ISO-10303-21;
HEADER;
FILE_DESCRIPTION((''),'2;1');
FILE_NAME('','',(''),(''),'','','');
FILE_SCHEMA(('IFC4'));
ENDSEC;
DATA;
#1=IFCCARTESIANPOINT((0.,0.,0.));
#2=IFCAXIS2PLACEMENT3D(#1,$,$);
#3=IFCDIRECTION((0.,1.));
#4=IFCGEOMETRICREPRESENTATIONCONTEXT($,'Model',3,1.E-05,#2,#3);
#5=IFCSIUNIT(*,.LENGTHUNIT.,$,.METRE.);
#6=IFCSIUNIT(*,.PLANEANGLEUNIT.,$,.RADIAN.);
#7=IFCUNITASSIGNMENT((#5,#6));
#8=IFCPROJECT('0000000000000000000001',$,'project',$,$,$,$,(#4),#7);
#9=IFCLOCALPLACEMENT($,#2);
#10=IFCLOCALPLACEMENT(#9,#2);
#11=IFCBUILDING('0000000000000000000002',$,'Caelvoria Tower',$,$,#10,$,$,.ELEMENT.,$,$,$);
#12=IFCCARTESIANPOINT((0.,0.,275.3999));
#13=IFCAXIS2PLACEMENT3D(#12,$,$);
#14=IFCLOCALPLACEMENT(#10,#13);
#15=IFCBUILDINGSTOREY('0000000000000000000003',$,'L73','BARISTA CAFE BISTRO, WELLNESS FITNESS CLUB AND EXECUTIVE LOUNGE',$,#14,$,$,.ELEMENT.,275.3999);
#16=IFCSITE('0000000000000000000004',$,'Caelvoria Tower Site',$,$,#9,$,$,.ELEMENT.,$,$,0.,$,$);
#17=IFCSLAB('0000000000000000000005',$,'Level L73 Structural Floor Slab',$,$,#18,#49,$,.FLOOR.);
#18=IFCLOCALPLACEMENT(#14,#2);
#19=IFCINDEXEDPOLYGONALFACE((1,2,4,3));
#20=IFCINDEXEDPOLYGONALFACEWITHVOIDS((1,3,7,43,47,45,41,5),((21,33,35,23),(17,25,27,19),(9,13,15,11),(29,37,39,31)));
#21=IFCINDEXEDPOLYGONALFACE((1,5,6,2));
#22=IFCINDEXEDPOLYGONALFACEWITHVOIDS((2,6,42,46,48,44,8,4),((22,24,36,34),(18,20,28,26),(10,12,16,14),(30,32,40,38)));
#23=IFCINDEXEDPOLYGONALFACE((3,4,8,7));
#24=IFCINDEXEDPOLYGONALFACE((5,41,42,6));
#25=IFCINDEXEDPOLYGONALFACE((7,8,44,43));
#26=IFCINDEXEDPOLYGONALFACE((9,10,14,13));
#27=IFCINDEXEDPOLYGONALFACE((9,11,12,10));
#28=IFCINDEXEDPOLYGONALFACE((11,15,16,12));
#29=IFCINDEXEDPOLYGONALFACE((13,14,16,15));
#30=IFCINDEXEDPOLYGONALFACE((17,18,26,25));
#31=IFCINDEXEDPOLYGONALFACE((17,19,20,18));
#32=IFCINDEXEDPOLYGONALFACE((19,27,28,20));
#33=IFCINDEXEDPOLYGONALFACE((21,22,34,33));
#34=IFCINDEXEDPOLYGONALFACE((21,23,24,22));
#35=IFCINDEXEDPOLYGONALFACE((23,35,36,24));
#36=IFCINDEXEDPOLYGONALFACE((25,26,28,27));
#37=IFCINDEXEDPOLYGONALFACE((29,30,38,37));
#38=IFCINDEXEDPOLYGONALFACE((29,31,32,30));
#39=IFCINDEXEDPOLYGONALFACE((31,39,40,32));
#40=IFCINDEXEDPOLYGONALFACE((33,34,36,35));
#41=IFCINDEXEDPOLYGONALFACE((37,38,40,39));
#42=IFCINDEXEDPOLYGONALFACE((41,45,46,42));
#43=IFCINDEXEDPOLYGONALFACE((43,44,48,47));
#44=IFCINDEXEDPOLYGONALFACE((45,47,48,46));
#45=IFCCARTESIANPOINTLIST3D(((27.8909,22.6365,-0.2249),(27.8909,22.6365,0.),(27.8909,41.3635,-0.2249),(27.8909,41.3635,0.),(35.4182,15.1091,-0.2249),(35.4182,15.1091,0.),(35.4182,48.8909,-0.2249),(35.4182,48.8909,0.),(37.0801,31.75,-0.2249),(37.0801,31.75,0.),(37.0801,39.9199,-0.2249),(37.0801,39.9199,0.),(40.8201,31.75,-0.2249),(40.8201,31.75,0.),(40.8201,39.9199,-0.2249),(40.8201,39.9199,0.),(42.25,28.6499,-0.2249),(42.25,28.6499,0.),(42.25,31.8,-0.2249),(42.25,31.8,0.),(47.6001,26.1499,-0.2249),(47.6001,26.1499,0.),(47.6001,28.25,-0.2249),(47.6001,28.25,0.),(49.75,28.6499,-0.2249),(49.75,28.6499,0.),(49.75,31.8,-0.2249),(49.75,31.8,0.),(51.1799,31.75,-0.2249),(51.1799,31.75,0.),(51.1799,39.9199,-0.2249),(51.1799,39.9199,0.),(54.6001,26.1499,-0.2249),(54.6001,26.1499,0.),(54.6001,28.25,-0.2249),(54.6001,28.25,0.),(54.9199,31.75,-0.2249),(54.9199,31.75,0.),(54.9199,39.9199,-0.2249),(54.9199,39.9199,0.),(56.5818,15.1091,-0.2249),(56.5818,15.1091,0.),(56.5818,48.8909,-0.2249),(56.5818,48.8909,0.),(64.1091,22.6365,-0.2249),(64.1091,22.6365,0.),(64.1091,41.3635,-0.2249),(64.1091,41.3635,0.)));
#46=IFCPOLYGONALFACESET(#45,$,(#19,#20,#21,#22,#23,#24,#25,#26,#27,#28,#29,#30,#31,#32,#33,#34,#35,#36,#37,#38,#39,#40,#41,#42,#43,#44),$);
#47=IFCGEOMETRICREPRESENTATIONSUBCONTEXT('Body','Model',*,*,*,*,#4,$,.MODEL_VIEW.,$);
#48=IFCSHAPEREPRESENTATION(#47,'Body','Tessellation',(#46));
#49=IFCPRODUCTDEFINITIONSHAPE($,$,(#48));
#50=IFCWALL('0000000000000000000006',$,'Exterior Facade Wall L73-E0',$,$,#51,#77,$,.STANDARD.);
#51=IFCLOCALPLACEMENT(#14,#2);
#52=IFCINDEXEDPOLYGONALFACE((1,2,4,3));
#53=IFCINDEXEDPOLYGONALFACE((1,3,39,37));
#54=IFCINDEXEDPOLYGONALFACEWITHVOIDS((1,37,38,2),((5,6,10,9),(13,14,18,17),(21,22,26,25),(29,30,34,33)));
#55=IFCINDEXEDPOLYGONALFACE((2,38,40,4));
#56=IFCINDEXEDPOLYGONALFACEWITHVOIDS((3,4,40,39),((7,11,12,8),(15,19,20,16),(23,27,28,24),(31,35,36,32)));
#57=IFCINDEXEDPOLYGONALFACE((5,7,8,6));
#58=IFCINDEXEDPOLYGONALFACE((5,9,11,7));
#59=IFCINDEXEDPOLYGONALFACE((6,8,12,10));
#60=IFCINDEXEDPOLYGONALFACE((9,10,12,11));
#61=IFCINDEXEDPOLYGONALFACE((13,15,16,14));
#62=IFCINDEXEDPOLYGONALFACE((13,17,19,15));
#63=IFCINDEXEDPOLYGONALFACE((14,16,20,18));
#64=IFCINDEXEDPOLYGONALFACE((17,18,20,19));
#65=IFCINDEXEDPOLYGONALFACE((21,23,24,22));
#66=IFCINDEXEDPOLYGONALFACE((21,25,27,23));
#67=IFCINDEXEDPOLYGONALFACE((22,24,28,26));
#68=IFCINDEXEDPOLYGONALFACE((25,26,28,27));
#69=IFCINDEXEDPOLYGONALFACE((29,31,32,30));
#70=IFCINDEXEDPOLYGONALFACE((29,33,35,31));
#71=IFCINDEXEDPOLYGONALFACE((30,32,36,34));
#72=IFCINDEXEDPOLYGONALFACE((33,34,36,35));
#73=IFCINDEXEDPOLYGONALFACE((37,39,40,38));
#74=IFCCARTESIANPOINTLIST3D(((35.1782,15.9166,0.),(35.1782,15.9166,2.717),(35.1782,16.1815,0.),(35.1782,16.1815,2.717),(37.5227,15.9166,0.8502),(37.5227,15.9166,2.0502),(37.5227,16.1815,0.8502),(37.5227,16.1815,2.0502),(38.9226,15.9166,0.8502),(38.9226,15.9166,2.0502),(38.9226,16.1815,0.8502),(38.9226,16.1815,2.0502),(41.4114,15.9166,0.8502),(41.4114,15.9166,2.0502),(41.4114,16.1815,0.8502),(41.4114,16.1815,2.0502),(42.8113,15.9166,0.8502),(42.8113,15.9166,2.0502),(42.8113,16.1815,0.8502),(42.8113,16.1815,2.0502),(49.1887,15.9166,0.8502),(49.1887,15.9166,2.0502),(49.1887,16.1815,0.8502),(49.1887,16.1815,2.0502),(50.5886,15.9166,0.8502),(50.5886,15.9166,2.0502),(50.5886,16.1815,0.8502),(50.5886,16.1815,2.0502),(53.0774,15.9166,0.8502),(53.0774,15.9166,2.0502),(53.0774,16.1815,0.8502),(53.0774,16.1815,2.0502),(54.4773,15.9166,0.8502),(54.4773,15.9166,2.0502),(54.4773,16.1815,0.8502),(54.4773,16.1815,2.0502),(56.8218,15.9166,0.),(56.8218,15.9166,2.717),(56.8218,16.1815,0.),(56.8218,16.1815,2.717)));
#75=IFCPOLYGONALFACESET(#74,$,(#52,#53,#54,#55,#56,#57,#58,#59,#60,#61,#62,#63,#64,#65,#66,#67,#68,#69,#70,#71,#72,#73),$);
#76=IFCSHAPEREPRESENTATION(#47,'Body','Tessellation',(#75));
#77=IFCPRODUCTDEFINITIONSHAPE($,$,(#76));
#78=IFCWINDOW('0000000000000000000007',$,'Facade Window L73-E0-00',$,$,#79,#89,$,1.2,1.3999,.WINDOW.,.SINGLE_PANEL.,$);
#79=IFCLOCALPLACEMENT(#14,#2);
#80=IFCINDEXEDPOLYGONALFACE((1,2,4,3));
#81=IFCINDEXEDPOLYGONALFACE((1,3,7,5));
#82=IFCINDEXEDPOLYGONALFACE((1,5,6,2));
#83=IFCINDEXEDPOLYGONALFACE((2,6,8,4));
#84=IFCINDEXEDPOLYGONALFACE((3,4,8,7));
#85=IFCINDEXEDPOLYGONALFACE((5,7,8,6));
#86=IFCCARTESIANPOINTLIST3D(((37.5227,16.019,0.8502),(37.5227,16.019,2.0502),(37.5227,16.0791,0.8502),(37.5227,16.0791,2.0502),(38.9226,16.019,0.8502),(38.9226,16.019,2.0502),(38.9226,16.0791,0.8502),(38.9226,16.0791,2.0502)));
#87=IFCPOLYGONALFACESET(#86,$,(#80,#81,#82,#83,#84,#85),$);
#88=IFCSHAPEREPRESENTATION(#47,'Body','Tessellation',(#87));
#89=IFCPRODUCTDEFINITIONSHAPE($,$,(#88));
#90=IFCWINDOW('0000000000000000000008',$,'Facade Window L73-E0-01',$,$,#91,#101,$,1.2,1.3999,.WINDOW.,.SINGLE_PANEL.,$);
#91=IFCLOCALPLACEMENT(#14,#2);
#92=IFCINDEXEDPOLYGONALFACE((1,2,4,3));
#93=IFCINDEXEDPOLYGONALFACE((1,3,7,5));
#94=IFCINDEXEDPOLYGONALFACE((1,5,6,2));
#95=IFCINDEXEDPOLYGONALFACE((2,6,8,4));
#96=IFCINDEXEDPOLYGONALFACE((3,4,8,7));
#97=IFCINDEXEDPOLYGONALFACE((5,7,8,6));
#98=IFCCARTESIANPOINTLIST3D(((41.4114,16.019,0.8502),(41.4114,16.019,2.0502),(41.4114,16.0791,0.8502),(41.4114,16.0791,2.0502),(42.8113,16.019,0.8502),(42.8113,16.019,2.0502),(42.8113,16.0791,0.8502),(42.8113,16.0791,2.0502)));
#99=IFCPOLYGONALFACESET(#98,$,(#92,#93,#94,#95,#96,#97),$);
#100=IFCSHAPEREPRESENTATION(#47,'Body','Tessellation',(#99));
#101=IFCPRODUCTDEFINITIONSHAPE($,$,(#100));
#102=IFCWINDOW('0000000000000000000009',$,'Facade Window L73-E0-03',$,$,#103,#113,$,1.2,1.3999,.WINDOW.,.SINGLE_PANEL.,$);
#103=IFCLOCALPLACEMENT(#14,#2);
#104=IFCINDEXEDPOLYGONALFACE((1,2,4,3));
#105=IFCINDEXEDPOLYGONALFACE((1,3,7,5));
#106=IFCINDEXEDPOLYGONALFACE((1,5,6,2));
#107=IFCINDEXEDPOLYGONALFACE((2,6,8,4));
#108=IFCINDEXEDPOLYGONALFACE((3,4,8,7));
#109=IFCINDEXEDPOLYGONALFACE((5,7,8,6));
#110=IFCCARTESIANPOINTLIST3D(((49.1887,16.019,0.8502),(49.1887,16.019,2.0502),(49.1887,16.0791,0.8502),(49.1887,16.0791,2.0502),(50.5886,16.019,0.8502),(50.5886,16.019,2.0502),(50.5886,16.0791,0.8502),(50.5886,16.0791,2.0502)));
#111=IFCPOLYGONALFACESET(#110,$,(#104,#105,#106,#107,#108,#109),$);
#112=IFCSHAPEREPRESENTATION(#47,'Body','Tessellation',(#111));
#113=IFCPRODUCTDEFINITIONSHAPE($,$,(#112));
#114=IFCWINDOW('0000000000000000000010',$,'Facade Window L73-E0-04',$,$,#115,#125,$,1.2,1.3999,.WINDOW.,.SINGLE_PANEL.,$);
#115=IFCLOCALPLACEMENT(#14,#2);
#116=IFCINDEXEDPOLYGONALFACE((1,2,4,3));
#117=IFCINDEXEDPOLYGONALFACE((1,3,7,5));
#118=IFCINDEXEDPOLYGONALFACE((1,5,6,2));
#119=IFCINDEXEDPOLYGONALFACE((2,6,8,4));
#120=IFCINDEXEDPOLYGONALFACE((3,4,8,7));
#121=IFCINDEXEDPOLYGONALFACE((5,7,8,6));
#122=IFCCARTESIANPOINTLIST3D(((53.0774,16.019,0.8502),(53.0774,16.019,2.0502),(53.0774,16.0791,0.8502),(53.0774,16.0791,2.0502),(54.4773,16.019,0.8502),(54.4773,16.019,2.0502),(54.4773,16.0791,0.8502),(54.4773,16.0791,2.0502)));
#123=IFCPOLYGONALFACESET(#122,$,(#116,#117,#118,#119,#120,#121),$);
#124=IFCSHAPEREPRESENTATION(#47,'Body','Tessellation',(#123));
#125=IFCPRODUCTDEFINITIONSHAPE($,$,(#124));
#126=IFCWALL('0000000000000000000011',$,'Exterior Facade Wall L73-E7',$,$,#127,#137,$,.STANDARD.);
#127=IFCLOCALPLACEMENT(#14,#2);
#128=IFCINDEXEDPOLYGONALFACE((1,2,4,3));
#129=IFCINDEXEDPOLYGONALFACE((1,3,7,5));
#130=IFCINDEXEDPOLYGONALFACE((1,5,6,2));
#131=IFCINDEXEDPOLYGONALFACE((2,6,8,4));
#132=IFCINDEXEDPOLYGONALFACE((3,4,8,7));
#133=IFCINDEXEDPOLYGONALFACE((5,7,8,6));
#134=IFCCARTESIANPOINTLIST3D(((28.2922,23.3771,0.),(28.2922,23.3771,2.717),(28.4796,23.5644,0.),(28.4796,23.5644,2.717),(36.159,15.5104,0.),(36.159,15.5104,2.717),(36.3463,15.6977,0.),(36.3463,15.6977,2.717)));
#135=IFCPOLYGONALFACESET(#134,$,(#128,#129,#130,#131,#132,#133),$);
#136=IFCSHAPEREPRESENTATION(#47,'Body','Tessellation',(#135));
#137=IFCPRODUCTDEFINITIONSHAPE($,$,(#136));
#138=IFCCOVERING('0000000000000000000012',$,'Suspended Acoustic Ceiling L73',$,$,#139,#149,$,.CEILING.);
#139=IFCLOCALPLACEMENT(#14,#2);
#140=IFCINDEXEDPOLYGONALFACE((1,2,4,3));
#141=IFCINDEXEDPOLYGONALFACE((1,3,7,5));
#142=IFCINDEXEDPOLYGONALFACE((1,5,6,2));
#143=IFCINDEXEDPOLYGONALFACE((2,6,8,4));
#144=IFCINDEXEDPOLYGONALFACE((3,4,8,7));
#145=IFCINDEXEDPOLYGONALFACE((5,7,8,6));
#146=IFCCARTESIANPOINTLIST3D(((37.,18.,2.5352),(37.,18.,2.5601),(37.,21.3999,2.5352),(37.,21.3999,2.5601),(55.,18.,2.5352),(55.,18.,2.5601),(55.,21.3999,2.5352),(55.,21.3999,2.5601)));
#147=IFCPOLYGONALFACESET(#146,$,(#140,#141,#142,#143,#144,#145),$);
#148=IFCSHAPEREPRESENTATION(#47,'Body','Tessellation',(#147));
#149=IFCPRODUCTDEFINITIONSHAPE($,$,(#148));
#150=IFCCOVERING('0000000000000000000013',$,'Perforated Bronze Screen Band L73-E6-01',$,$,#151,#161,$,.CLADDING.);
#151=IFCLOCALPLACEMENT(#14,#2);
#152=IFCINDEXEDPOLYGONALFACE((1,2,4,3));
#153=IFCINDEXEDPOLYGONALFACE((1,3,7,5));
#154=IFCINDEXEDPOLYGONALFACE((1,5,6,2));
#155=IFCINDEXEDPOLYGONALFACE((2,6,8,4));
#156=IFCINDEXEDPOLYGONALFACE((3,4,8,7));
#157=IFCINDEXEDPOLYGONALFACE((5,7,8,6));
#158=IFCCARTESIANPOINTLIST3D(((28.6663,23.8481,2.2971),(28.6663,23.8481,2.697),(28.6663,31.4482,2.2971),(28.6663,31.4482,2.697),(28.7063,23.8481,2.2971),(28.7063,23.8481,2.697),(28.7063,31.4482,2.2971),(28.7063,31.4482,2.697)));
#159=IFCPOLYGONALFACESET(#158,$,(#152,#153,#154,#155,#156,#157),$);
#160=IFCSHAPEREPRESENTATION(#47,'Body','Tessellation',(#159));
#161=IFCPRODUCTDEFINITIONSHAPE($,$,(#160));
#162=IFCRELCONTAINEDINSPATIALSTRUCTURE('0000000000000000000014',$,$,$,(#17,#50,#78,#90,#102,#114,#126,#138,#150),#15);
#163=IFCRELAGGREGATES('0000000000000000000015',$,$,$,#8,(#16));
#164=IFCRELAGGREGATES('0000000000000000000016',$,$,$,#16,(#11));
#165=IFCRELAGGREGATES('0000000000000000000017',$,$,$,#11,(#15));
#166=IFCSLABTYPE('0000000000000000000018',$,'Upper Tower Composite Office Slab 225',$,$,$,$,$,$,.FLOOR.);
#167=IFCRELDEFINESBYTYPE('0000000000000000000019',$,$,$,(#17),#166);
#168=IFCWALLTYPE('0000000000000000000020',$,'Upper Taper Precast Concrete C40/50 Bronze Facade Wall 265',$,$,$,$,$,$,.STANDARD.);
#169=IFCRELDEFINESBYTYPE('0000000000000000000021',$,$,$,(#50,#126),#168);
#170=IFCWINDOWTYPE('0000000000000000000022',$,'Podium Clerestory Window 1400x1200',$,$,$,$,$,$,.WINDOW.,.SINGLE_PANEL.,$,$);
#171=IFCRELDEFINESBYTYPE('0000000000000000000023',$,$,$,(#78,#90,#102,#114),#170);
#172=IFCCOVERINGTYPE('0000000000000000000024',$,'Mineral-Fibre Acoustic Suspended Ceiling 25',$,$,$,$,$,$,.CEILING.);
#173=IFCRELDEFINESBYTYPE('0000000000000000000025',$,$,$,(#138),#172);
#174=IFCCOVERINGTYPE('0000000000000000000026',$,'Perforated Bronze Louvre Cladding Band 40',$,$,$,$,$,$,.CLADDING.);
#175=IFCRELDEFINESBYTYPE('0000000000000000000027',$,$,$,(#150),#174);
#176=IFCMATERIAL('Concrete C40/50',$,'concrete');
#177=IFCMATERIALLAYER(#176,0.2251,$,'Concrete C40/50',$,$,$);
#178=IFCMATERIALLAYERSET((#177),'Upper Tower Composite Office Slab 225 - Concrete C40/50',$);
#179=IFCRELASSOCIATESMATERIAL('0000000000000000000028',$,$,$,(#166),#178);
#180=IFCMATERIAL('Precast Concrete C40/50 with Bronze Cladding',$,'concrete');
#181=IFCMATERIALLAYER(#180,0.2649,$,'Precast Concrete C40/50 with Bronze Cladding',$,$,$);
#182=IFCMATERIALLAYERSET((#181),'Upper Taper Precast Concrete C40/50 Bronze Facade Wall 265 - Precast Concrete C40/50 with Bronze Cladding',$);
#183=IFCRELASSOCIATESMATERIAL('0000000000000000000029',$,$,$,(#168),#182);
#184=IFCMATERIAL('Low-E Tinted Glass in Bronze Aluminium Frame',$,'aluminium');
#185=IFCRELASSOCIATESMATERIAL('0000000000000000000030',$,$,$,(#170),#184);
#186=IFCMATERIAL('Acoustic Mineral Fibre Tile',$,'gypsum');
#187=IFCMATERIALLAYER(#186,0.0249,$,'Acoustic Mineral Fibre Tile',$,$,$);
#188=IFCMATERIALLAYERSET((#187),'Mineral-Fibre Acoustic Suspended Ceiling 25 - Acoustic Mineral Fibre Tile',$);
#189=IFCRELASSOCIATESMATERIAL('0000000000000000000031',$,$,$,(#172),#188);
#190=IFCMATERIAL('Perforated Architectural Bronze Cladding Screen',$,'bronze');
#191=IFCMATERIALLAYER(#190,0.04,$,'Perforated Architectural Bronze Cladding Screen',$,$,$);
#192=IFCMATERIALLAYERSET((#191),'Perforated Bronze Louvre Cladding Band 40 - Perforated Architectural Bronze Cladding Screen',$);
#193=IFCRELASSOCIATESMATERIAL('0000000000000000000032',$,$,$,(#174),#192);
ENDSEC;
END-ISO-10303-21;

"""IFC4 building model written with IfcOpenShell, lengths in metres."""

from ifc_helpers import new_model, si_unit, direction, frame, frame_2d, origin, origin_2d, place, context, subcontext, project, spatial, polyline, rectangle, outline, extrude, material, layer, layer_set, type_object, element, fill, save


model = new_model("IFC4")

# Units and contexts
model_context = context("Model", 3, precision=1e-05, world=origin(), true_north=direction((0.0, 1.0)))
body_context = subcontext(model_context, "Body", "Model", "MODEL_VIEW")
ifc_project = project(units=[si_unit("LENGTHUNIT", "METRE"), si_unit("PLANEANGLEUNIT", "RADIAN")], contexts=[model_context])

# Site, building, storey
site_placement = place(None, origin())
site = spatial("IfcSite", under=ifc_project, at=site_placement, Name="Caelvoria Tower Site", CompositionType="ELEMENT", RefElevation=0.0)
building_placement = place(site_placement, origin())
building = spatial("IfcBuilding", under=site, at=building_placement, Name="Caelvoria Tower", CompositionType="ELEMENT")
storey_placement = place(building_placement, frame((0.0, 0.0, 275.3999)))
storey = spatial("IfcBuildingStorey", under=building, at=storey_placement, Name="L73", Description="BARISTA CAFE BISTRO, WELLNESS FITNESS CLUB AND EXECUTIVE LOUNGE", CompositionType="ELEMENT", Elevation=275.3999)

# Shared definitions
ifc_material_1 = material(Name="Concrete C40/50", Category="concrete")

# Slab
ifc_layer_1 = layer(ifc_material_1, 0.2251, Name="Concrete C40/50")
ifc_layer_set_1 = layer_set([ifc_layer_1], Name="Upper Tower Composite Office Slab 225 - Concrete C40/50")
slab_type_1 = type_object("IfcSlabType", Name="Upper Tower Composite Office Slab 225", PredefinedType="FLOOR", material=ifc_layer_set_1)
slab_1_placement = place(storey_placement, frame((0.0, 0.0, -0.2249)))
element("IfcSlab", 1, at=slab_1_placement, inside=storey, type_object=slab_type_1, Name="Level L73 Structural Floor Slab", PredefinedType="FLOOR", context=body_context, shape_type="SweptSolid", body=[
    extrude(outline(polyline([(35.4182, 15.1091), (56.5818, 15.1091), (64.1091, 22.6365), (64.1091, 41.3635), (56.5818, 48.8909), (35.4182, 48.8909), (27.8909, 41.3635), (27.8909, 22.6365), (35.4182, 15.1091)]), holes=[polyline([(37.0801, 31.75), (40.8201, 31.75), (40.8201, 39.9199), (37.0801, 39.9199), (37.0801, 31.75)]), polyline([(51.1799, 31.75), (54.9199, 31.75), (54.9199, 39.9199), (51.1799, 39.9199), (51.1799, 31.75)]), polyline([(42.25, 28.6499), (49.75, 28.6499), (49.75, 31.8), (42.25, 31.8), (42.25, 28.6499)]), polyline([(47.6001, 26.1499), (54.6001, 26.1499), (54.6001, 28.25), (47.6001, 28.25), (47.6001, 26.1499)])]), origin(), (0.0, 0.0, 1.0), 0.2249),
])

# Wall, openings, windows
ifc_material_2 = material(Name="Precast Concrete C40/50 with Bronze Cladding", Category="concrete")
ifc_layer_2 = layer(ifc_material_2, 0.2649, Name="Precast Concrete C40/50 with Bronze Cladding")
ifc_layer_set_2 = layer_set([ifc_layer_2], Name="Upper Taper Precast Concrete C40/50 Bronze Facade Wall 265 - Precast Concrete C40/50 with Bronze Cladding")
wall_type = type_object("IfcWallType", Name="Upper Taper Precast Concrete C40/50 Bronze Facade Wall 265", PredefinedType="STANDARD", material=ifc_layer_set_2)
wall_1_placement = place(storey_placement, frame((35.1782, 16.0491, 0.0), z_axis=(0.0, 0.0, 1.0), x_axis=(1.0, 0.0, 0.0)))
wall_1 = element("IfcWall", 2, at=wall_1_placement, inside=storey, type_object=wall_type, Name="Exterior Facade Wall L73-E0", PredefinedType="STANDARD", context=body_context, shape_type="SweptSolid", body=[
    extrude(rectangle(XDim=21.6436, YDim=0.2649, at=frame_2d((10.8218, 0.0))), origin(), (0.0, 0.0, 1.0), 2.717),
])
opening_1_placement = place(wall_1_placement, frame((2.3445, 0.0, 0.8501)))
opening_1 = element("IfcOpeningElement", 3, at=opening_1_placement, cuts=wall_1, PredefinedType="OPENING", context=body_context, shape_type="SweptSolid", body=[
    extrude(rectangle(XDim=1.3999, YDim=1.2, at=frame_2d((0.7, 0.6001))), frame((0.0, 0.1423, 0.0), z_axis=(0.0, -1.0, 0.0), x_axis=(1.0, 0.0, 0.0)), (0.0, 0.0, 1.0), 0.2849),
])
opening_2_placement = place(wall_1_placement, frame((6.2332, 0.0, 0.8501)))
opening_2 = element("IfcOpeningElement", 4, at=opening_2_placement, cuts=wall_1, PredefinedType="OPENING", context=body_context, shape_type="SweptSolid", body=[
    extrude(rectangle(XDim=1.3999, YDim=1.2, at=frame_2d((0.7, 0.6001))), frame((0.0, 0.1423, 0.0), z_axis=(0.0, -1.0, 0.0), x_axis=(1.0, 0.0, 0.0)), (0.0, 0.0, 1.0), 0.2849),
])
opening_3_placement = place(wall_1_placement, frame((14.0105, 0.0, 0.8501)))
opening_3 = element("IfcOpeningElement", 5, at=opening_3_placement, cuts=wall_1, PredefinedType="OPENING", context=body_context, shape_type="SweptSolid", body=[
    extrude(rectangle(XDim=1.3999, YDim=1.2, at=frame_2d((0.7, 0.6001))), frame((0.0, 0.1423, 0.0), z_axis=(0.0, -1.0, 0.0), x_axis=(1.0, 0.0, 0.0)), (0.0, 0.0, 1.0), 0.2849),
])
opening_4_placement = place(wall_1_placement, frame((17.8992, 0.0, 0.8501)))
opening_4 = element("IfcOpeningElement", 6, at=opening_4_placement, cuts=wall_1, PredefinedType="OPENING", context=body_context, shape_type="SweptSolid", body=[
    extrude(rectangle(XDim=1.3999, YDim=1.2, at=frame_2d((0.7, 0.6001))), frame((0.0, 0.1423, 0.0), z_axis=(0.0, -1.0, 0.0), x_axis=(1.0, 0.0, 0.0)), (0.0, 0.0, 1.0), 0.2849),
])
ifc_material_3 = material(Name="Low-E Tinted Glass in Bronze Aluminium Frame", Category="aluminium")
window_type = type_object("IfcWindowType", Name="Podium Clerestory Window 1400x1200", PartitioningType="SINGLE_PANEL", PredefinedType="WINDOW", material=ifc_material_3)
window_1_placement = place(opening_1_placement, origin())
window_1 = element("IfcWindow", 7, at=window_1_placement, inside=storey, type_object=window_type, Name="Facade Window L73-E0-00", OverallHeight=1.2, OverallWidth=1.3999, PartitioningType="SINGLE_PANEL", PredefinedType="WINDOW", context=body_context, shape_type="SweptSolid", body=[
    extrude(rectangle(XDim=1.3999, YDim=1.2, at=frame_2d((0.7, 0.6001))), frame((0.0, 0.03, 0.0), z_axis=(0.0, -1.0, 0.0), x_axis=(1.0, 0.0, 0.0)), (0.0, 0.0, 1.0), 0.0601),
])
fill(opening_1, window_1)
window_2_placement = place(opening_2_placement, origin())
window_2 = element("IfcWindow", 8, at=window_2_placement, inside=storey, type_object=window_type, Name="Facade Window L73-E0-01", OverallHeight=1.2, OverallWidth=1.3999, PartitioningType="SINGLE_PANEL", PredefinedType="WINDOW", context=body_context, shape_type="SweptSolid", body=[
    extrude(rectangle(XDim=1.3999, YDim=1.2, at=frame_2d((0.7, 0.6001))), frame((0.0, 0.03, 0.0), z_axis=(0.0, -1.0, 0.0), x_axis=(1.0, 0.0, 0.0)), (0.0, 0.0, 1.0), 0.0601),
])
fill(opening_2, window_2)
window_3_placement = place(opening_3_placement, origin())
window_3 = element("IfcWindow", 9, at=window_3_placement, inside=storey, type_object=window_type, Name="Facade Window L73-E0-03", OverallHeight=1.2, OverallWidth=1.3999, PartitioningType="SINGLE_PANEL", PredefinedType="WINDOW", context=body_context, shape_type="SweptSolid", body=[
    extrude(rectangle(XDim=1.3999, YDim=1.2, at=frame_2d((0.7, 0.6001))), frame((0.0, 0.03, 0.0), z_axis=(0.0, -1.0, 0.0), x_axis=(1.0, 0.0, 0.0)), (0.0, 0.0, 1.0), 0.0601),
])
fill(opening_3, window_3)
window_4_placement = place(opening_4_placement, origin())
window_4 = element("IfcWindow", 10, at=window_4_placement, inside=storey, type_object=window_type, Name="Facade Window L73-E0-04", OverallHeight=1.2, OverallWidth=1.3999, PartitioningType="SINGLE_PANEL", PredefinedType="WINDOW", context=body_context, shape_type="SweptSolid", body=[
    extrude(rectangle(XDim=1.3999, YDim=1.2, at=frame_2d((0.7, 0.6001))), frame((0.0, 0.03, 0.0), z_axis=(0.0, -1.0, 0.0), x_axis=(1.0, 0.0, 0.0)), (0.0, 0.0, 1.0), 0.0601),
])
fill(opening_4, window_4)

# Wall
wall_2_placement = place(storey_placement, frame((28.386, 23.4707, 0.0), z_axis=(0.0, 0.0, 1.0), x_axis=(0.707107, -0.707107, 0.0)))
element("IfcWall", 11, at=wall_2_placement, inside=storey, type_object=wall_type, Name="Exterior Facade Wall L73-E7", PredefinedType="STANDARD", context=body_context, shape_type="SweptSolid", body=[
    extrude(rectangle(XDim=11.1252, YDim=0.2649, at=frame_2d((5.5625, 0.0))), origin(), (0.0, 0.0, 1.0), 2.717),
])

# Coverings
ifc_material_4 = material(Name="Acoustic Mineral Fibre Tile", Category="gypsum")
ifc_layer_3 = layer(ifc_material_4, 0.0249, Name="Acoustic Mineral Fibre Tile")
ifc_layer_set_3 = layer_set([ifc_layer_3], Name="Mineral-Fibre Acoustic Suspended Ceiling 25 - Acoustic Mineral Fibre Tile")
covering_type_1 = type_object("IfcCoveringType", Name="Mineral-Fibre Acoustic Suspended Ceiling 25", PredefinedType="CEILING", material=ifc_layer_set_3)
covering_1_placement = place(storey_placement, frame((0.0, 0.0, 2.5352)))
element("IfcCovering", 12, at=covering_1_placement, inside=storey, type_object=covering_type_1, Name="Suspended Acoustic Ceiling L73", PredefinedType="CEILING", context=body_context, shape_type="SweptSolid", body=[
    extrude(outline(polyline([(37.0, 18.0), (55.0, 18.0), (55.0, 21.3999), (37.0, 21.3999), (37.0, 18.0)])), origin(), (0.0, 0.0, 1.0), 0.0249),
])
ifc_material_5 = material(Name="Perforated Architectural Bronze Cladding Screen", Category="bronze")
ifc_layer_4 = layer(ifc_material_5, 0.04, Name="Perforated Architectural Bronze Cladding Screen")
ifc_layer_set_4 = layer_set([ifc_layer_4], Name="Perforated Bronze Louvre Cladding Band 40 - Perforated Architectural Bronze Cladding Screen")
covering_type_2 = type_object("IfcCoveringType", Name="Perforated Bronze Louvre Cladding Band 40", PredefinedType="CLADDING", material=ifc_layer_set_4)
for number, where, z_axis, x_axis, name in (
    (13, (28.6863, 27.6482, 2.2971), (0.0, 0.0, 1.0), (0.0, -1.0, 0.0), "Perforated Bronze Screen Band L73-E6-01"),
):
    element("IfcCovering", number, at=place(storey_placement, frame(where, z_axis=z_axis, x_axis=x_axis)), inside=storey, type_object=covering_type_2, Name=name, PredefinedType="CLADDING", context=body_context, shape_type="SweptSolid", body=[
        extrude(rectangle(XDim=7.6001, YDim=0.04, at=origin_2d()), origin(), (0.0, 0.0, 1.0), 0.3999),
    ])

save(model, "model.ifc")
